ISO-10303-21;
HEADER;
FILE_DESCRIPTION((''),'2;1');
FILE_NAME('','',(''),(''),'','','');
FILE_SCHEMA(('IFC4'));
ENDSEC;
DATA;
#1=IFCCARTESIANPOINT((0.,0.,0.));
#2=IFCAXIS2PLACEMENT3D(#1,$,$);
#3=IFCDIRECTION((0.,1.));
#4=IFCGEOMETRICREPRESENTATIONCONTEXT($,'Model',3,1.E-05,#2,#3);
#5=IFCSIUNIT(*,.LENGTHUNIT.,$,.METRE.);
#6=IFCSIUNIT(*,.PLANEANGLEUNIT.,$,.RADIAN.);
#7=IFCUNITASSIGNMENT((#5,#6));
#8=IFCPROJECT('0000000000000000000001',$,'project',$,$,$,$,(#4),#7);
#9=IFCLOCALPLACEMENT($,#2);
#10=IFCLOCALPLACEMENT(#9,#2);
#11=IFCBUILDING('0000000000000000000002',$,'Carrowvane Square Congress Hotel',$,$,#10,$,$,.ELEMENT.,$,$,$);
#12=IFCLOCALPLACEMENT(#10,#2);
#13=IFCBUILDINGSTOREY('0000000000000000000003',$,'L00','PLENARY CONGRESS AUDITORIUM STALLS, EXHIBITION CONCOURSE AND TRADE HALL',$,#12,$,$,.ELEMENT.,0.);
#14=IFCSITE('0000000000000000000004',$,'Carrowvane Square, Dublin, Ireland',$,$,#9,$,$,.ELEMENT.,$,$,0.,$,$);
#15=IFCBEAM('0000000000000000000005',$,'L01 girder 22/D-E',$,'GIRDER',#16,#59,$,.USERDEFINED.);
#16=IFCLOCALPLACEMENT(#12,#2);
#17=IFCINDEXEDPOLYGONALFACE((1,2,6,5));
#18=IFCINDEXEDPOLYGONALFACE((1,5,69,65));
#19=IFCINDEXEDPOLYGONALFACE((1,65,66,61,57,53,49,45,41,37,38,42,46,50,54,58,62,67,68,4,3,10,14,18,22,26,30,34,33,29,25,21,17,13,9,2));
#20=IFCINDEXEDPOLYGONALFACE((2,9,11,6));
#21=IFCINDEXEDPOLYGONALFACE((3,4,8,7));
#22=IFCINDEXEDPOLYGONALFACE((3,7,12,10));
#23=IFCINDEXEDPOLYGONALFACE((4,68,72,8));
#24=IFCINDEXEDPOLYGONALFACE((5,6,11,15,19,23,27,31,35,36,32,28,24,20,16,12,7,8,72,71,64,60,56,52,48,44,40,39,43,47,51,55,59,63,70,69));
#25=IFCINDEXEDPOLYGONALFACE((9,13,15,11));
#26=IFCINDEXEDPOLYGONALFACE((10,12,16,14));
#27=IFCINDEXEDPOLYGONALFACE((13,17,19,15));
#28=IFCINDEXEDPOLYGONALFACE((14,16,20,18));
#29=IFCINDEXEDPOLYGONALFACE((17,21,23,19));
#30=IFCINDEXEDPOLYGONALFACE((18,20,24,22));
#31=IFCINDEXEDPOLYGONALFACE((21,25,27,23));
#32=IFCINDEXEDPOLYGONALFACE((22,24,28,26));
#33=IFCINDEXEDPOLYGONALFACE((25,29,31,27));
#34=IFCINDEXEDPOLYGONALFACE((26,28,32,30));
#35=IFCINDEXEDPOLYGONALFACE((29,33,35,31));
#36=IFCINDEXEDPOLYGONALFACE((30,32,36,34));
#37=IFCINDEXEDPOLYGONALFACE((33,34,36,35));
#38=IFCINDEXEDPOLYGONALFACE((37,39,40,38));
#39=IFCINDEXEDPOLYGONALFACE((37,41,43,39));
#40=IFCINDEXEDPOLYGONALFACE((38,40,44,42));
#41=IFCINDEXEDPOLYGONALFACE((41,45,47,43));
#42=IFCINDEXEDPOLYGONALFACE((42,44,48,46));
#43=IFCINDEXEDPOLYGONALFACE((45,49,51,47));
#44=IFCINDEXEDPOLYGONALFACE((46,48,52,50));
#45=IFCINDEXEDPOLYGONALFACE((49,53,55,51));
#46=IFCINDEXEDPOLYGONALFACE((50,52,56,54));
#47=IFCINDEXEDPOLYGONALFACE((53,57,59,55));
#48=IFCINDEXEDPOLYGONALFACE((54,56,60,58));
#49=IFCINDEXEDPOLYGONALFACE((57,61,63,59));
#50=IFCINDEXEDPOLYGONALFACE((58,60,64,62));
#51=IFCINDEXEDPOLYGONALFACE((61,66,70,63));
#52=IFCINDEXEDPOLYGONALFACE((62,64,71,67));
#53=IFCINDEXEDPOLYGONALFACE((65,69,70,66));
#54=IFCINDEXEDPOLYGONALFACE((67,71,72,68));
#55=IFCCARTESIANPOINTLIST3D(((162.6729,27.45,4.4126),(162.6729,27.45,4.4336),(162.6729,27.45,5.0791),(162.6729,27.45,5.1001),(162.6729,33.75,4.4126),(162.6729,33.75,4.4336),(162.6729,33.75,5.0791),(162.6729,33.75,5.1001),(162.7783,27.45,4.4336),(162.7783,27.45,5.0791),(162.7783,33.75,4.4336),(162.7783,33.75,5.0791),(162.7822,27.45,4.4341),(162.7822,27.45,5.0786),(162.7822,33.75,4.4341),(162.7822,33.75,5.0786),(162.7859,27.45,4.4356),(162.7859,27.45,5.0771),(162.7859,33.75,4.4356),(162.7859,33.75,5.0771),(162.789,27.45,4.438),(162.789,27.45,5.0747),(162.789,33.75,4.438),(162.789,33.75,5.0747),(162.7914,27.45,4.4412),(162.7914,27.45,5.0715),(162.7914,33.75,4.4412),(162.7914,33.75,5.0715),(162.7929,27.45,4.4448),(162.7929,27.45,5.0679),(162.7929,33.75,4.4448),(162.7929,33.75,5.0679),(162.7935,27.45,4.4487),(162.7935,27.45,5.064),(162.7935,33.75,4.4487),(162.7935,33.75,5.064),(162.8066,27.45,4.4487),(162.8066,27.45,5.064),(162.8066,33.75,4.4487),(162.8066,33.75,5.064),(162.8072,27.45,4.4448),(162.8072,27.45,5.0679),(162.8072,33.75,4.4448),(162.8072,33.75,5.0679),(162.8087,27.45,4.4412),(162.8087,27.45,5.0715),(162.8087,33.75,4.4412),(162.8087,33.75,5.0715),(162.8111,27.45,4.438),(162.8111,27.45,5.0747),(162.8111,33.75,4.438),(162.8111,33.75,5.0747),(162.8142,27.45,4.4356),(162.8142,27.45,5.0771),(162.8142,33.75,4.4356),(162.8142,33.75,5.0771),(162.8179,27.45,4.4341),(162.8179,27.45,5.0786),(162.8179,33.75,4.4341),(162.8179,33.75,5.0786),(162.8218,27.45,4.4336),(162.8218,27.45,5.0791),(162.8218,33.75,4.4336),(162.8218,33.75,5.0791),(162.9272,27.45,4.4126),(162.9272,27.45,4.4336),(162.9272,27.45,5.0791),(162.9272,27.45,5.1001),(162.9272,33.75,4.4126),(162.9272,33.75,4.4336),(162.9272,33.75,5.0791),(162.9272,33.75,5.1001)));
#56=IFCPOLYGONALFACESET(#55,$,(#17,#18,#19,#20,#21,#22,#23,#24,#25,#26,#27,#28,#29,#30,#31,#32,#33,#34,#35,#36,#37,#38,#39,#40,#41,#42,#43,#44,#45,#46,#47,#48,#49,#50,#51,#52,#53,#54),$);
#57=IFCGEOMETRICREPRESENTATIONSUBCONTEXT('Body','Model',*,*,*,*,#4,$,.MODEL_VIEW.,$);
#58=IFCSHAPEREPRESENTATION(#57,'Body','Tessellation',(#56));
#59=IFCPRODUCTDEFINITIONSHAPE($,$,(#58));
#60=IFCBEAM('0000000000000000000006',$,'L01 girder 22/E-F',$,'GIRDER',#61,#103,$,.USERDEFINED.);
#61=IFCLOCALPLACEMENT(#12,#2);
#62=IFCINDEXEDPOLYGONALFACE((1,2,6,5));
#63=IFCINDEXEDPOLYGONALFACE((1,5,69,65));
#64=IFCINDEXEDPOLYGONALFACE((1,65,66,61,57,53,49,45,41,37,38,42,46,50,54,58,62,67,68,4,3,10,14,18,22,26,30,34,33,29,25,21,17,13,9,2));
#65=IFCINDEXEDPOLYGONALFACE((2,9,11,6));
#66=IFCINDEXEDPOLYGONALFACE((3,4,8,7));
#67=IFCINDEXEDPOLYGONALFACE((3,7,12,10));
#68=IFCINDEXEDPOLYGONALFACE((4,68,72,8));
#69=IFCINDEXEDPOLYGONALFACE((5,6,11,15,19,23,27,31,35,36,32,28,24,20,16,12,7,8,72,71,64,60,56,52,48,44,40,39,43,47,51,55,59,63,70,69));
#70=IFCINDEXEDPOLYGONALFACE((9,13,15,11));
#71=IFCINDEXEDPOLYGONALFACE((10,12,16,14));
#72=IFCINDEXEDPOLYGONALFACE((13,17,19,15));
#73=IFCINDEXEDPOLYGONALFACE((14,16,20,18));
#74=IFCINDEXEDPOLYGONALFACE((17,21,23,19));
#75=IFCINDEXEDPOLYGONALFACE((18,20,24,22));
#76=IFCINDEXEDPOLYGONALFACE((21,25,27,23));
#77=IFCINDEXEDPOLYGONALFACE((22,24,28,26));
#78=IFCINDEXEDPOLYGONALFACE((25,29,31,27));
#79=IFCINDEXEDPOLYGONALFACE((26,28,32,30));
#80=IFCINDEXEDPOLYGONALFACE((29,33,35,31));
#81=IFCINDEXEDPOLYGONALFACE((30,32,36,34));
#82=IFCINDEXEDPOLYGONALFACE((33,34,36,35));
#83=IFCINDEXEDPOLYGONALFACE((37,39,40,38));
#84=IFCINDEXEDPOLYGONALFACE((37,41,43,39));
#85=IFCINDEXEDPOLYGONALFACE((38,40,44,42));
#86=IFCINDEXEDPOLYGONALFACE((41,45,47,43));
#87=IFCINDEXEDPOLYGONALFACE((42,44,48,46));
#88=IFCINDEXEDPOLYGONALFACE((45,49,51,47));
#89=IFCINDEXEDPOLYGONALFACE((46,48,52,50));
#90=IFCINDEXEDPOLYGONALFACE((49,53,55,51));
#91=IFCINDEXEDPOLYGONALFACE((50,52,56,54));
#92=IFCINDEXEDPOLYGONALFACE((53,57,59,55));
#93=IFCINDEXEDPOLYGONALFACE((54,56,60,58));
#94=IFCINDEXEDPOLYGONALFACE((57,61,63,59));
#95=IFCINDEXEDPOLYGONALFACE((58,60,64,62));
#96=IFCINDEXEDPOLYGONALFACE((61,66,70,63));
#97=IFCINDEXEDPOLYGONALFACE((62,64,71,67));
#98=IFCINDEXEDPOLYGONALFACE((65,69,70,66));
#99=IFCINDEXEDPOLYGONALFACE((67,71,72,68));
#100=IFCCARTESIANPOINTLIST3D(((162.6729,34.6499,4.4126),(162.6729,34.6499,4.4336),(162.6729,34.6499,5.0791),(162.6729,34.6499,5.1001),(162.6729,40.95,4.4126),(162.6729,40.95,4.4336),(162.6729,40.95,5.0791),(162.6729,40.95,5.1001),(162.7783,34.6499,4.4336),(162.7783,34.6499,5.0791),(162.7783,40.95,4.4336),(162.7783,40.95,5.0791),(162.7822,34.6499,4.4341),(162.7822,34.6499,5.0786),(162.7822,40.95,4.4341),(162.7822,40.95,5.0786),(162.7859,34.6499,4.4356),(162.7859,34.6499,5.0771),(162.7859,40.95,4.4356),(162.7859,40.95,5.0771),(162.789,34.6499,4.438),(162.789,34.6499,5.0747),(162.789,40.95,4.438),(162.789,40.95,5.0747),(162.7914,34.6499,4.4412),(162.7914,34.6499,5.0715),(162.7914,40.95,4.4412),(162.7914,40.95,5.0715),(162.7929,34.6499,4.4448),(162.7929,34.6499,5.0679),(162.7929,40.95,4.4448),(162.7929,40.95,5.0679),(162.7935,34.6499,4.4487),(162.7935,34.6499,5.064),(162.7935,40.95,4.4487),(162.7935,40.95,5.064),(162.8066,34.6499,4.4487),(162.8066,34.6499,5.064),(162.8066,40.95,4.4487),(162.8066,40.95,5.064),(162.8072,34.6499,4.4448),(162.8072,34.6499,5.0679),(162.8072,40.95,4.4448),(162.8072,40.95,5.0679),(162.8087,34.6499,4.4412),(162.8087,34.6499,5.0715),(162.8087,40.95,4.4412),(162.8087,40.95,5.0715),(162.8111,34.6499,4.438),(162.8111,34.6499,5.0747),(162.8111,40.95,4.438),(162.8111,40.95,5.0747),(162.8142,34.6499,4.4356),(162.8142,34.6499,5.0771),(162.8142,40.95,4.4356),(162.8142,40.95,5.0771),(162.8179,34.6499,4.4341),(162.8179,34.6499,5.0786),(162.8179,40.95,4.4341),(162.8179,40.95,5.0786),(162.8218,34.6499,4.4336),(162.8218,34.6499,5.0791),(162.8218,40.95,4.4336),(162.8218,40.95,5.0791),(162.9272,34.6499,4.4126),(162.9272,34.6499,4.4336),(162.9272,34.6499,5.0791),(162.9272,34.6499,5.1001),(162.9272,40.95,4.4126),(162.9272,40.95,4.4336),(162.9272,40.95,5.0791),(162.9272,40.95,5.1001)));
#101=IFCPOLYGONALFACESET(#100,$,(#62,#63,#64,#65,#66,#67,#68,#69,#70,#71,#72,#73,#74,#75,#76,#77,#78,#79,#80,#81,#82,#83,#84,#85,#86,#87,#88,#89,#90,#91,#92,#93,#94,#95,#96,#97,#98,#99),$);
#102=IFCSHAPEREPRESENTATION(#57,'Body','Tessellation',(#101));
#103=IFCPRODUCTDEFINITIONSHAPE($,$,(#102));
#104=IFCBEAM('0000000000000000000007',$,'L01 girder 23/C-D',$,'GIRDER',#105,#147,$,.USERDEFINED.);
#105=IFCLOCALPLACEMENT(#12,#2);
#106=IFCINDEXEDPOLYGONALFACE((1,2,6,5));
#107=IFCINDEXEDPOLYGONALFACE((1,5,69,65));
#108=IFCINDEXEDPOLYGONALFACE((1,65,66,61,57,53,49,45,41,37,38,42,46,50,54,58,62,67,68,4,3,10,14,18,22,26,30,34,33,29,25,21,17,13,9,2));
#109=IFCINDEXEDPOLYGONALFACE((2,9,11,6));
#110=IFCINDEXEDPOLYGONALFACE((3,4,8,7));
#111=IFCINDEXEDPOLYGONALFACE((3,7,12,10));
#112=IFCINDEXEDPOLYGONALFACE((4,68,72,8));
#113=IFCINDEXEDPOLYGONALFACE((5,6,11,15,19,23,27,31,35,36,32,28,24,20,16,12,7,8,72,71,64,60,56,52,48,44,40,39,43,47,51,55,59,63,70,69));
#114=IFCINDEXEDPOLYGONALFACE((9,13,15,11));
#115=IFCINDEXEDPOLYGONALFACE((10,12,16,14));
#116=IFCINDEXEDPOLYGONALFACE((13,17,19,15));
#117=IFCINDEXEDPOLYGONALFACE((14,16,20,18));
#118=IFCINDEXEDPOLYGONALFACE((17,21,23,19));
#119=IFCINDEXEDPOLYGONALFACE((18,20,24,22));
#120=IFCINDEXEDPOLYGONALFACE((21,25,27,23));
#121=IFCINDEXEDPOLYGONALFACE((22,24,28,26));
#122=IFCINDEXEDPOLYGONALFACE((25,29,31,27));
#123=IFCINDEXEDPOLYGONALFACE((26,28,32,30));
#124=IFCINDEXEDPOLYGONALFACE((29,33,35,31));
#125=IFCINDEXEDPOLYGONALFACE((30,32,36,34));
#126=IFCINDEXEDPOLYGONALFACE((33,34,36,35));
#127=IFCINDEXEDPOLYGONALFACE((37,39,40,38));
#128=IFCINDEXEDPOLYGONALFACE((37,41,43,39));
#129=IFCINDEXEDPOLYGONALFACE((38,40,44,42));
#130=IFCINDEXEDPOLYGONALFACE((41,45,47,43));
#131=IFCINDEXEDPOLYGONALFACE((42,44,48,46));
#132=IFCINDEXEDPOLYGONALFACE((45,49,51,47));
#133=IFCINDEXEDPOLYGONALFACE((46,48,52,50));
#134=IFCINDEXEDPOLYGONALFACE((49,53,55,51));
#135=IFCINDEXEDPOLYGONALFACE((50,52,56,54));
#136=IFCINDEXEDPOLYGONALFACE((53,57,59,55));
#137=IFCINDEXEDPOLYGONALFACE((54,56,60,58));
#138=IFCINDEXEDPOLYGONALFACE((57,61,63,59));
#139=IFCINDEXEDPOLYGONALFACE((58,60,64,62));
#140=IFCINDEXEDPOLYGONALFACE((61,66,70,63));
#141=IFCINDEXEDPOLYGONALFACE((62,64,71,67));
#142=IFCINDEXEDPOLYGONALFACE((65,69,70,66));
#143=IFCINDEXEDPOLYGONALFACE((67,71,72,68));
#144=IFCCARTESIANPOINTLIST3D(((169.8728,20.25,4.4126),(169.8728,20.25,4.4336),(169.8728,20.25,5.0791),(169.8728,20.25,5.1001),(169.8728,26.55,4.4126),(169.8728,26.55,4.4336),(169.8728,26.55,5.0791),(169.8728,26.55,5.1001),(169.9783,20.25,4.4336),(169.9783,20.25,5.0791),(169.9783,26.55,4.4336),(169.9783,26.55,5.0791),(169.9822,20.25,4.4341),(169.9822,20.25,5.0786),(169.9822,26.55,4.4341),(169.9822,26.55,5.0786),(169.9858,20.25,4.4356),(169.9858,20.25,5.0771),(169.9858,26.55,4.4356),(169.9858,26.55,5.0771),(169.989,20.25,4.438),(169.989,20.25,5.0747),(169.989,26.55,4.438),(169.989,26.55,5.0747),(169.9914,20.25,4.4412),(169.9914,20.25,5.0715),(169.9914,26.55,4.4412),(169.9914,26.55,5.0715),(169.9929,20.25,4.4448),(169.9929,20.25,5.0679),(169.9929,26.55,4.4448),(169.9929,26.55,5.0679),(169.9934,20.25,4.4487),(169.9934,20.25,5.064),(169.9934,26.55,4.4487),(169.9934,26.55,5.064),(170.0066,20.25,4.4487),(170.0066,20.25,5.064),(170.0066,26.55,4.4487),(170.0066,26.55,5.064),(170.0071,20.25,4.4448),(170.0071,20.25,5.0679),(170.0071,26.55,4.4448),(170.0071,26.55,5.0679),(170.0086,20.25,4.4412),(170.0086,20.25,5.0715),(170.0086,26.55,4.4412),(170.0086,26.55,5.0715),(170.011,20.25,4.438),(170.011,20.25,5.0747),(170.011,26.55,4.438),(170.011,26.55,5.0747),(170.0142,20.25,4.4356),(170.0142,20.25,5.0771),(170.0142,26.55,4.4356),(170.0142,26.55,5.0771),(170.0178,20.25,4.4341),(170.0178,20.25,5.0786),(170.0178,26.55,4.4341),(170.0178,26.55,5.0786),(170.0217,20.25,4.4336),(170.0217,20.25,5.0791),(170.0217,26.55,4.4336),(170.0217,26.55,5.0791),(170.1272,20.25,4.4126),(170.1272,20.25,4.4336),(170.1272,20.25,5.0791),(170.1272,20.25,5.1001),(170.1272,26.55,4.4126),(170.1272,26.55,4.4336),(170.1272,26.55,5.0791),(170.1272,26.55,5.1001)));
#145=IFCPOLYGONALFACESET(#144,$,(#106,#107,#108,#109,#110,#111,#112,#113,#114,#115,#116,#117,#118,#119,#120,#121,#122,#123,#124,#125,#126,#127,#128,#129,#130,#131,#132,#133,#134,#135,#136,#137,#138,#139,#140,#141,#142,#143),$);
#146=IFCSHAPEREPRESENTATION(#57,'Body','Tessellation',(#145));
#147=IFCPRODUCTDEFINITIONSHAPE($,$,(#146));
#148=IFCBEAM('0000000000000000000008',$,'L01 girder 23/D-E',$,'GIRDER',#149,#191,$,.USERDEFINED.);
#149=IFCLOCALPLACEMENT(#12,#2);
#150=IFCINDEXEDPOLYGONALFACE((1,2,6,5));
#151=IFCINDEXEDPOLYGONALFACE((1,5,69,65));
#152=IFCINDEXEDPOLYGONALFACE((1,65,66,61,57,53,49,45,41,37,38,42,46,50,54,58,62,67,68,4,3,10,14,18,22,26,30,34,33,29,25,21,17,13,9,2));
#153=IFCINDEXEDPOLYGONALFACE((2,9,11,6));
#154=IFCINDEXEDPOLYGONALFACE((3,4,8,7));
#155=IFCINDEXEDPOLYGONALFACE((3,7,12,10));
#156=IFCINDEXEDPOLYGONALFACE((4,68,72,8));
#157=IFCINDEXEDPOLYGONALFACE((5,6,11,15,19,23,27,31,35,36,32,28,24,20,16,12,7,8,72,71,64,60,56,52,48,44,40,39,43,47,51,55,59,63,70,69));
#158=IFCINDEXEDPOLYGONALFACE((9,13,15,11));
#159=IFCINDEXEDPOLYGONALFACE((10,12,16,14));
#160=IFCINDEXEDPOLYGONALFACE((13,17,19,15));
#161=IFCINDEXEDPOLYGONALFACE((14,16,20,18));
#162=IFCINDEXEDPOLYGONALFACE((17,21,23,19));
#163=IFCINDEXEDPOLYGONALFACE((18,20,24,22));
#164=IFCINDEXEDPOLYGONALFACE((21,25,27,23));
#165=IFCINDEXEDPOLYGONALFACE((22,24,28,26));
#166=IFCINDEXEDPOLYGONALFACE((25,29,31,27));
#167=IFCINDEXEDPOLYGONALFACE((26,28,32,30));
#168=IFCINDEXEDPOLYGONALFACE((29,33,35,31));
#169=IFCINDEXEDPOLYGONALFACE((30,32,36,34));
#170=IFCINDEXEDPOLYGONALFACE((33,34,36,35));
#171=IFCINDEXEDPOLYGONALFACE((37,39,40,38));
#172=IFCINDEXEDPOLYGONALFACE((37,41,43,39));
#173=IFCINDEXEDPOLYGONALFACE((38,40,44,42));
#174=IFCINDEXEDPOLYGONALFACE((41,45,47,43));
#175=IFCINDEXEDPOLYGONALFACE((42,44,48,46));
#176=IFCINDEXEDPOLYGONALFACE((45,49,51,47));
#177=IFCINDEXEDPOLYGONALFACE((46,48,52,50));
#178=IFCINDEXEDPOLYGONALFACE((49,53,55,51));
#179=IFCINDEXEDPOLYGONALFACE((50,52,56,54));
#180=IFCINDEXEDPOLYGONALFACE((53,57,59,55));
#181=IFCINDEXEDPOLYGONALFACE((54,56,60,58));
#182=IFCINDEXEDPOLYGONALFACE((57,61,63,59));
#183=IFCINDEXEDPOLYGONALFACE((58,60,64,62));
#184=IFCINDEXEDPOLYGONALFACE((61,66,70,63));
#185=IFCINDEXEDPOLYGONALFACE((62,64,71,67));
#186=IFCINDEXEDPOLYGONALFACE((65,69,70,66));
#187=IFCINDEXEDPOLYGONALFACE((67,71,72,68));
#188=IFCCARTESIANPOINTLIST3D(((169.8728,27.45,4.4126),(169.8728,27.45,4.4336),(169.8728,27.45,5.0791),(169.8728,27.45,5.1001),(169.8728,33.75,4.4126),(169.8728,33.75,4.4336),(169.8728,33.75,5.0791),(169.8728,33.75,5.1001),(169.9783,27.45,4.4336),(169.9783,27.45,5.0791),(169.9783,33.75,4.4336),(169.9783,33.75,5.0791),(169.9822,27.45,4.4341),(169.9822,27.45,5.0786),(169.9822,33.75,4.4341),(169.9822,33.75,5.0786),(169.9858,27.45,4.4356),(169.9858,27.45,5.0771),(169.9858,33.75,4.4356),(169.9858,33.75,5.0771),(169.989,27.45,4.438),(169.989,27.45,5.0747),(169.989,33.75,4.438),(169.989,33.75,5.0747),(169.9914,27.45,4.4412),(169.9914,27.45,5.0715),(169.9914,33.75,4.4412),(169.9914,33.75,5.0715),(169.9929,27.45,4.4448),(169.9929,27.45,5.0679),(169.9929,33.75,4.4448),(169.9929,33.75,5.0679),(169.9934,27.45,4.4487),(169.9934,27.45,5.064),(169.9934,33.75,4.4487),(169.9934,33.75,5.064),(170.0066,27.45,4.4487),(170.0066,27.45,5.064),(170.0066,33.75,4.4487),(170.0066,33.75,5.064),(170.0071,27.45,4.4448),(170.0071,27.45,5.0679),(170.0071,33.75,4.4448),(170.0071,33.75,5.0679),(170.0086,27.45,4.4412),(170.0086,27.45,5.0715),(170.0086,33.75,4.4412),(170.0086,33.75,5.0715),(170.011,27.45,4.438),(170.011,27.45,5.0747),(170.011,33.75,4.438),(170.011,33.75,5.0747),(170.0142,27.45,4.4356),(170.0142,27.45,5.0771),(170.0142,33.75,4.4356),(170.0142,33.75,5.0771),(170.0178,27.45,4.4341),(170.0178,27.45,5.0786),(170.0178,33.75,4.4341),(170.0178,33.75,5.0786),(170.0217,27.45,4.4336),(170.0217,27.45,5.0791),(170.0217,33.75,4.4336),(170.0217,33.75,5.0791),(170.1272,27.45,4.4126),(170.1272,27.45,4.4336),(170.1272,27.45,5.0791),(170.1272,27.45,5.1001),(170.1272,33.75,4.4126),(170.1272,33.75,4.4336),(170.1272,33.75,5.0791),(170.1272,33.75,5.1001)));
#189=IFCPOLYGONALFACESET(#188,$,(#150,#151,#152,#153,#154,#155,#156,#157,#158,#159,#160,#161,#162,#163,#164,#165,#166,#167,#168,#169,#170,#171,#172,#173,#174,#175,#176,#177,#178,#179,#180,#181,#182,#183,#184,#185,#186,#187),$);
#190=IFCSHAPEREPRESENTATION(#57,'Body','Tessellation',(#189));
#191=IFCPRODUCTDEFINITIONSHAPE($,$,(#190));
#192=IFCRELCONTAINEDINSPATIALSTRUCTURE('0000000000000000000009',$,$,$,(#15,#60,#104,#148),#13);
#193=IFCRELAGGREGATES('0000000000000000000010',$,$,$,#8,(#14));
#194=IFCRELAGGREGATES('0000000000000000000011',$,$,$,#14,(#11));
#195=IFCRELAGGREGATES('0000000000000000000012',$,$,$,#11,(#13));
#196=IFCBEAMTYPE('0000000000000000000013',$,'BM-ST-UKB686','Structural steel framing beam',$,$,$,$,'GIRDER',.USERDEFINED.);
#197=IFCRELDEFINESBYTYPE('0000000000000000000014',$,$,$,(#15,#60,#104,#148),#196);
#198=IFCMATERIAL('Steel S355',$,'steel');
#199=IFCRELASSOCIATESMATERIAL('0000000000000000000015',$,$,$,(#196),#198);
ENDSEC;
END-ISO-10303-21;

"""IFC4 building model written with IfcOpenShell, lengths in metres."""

from ifc_helpers import new_model, si_unit, direction, frame, origin, origin_2d, place, context, subcontext, project, spatial, i_section, extrude, material, material_profile, profile_set, type_object, element, save


model = new_model("IFC4")

# Units and contexts
model_context = context("Model", 3, precision=1e-05, world=origin(), true_north=direction((0.0, 1.0)))
body_context = subcontext(model_context, "Body", "Model", "MODEL_VIEW")
ifc_project = project(units=[si_unit("LENGTHUNIT", "METRE"), si_unit("PLANEANGLEUNIT", "RADIAN")], contexts=[model_context])

# Site, building, storey
site_placement = place(None, origin())
site = spatial("IfcSite", under=ifc_project, at=site_placement, Name="Carrowvane Square, Dublin, Ireland", CompositionType="ELEMENT", RefElevation=0.0)
building_placement = place(site_placement, origin())
building = spatial("IfcBuilding", under=site, at=building_placement, Name="Carrowvane Square Congress Hotel", CompositionType="ELEMENT")
storey_placement = place(building_placement, origin())
storey = spatial("IfcBuildingStorey", under=building, at=storey_placement, Name="L00", Description="PLENARY CONGRESS AUDITORIUM STALLS, EXHIBITION CONCOURSE AND TRADE HALL", CompositionType="ELEMENT", Elevation=0.0)

# Beams
ifc_material_1 = material(Name="Steel S355", Category="steel")
ifc_material_profile_1 = material_profile(ifc_material_1, i_section(OverallWidth=0.2544, OverallDepth=0.6875, WebThickness=0.0132, FlangeThickness=0.021, FilletRadius=0.0151, at=origin_2d()), Name="UKB 686x254x152")
ifc_profile_set_1 = profile_set([ifc_material_profile_1], Name="Steel S355")
beam_type_1 = type_object("IfcBeamType", Name="BM-ST-UKB686", Description="Structural steel framing beam", ElementType="GIRDER", PredefinedType="USERDEFINED", material=ifc_profile_set_1)
for number, where, z_axis, x_axis, name in (
    (1, (162.8, 27.45, 4.7563), (0.0, 1.0, 0.0), (-1.0, 0.0, 0.0), "L01 girder 22/D-E"),
    (2, (162.8, 34.6499, 4.7563), (0.0, 1.0, 0.0), (-1.0, 0.0, 0.0), "L01 girder 22/E-F"),
    (3, (170.0, 20.25, 4.7563), (0.0, 1.0, 0.0), (-1.0, 0.0, 0.0), "L01 girder 23/C-D"),
    (4, (170.0, 27.45, 4.7563), (0.0, 1.0, 0.0), (-1.0, 0.0, 0.0), "L01 girder 23/D-E"),
):
    element("IfcBeam", number, at=place(storey_placement, frame(where, z_axis=z_axis, x_axis=x_axis)), inside=storey, type_object=beam_type_1, Name=name, ObjectType="GIRDER", PredefinedType="USERDEFINED", context=body_context, shape_type="SweptSolid", body=[
        extrude(i_section(OverallWidth=0.2544, OverallDepth=0.6875, WebThickness=0.0132, FlangeThickness=0.021, FilletRadius=0.0151, at=origin_2d()), origin(), (0.0, 0.0, 1.0), 6.3),
    ])

save(model, "model.ifc")
